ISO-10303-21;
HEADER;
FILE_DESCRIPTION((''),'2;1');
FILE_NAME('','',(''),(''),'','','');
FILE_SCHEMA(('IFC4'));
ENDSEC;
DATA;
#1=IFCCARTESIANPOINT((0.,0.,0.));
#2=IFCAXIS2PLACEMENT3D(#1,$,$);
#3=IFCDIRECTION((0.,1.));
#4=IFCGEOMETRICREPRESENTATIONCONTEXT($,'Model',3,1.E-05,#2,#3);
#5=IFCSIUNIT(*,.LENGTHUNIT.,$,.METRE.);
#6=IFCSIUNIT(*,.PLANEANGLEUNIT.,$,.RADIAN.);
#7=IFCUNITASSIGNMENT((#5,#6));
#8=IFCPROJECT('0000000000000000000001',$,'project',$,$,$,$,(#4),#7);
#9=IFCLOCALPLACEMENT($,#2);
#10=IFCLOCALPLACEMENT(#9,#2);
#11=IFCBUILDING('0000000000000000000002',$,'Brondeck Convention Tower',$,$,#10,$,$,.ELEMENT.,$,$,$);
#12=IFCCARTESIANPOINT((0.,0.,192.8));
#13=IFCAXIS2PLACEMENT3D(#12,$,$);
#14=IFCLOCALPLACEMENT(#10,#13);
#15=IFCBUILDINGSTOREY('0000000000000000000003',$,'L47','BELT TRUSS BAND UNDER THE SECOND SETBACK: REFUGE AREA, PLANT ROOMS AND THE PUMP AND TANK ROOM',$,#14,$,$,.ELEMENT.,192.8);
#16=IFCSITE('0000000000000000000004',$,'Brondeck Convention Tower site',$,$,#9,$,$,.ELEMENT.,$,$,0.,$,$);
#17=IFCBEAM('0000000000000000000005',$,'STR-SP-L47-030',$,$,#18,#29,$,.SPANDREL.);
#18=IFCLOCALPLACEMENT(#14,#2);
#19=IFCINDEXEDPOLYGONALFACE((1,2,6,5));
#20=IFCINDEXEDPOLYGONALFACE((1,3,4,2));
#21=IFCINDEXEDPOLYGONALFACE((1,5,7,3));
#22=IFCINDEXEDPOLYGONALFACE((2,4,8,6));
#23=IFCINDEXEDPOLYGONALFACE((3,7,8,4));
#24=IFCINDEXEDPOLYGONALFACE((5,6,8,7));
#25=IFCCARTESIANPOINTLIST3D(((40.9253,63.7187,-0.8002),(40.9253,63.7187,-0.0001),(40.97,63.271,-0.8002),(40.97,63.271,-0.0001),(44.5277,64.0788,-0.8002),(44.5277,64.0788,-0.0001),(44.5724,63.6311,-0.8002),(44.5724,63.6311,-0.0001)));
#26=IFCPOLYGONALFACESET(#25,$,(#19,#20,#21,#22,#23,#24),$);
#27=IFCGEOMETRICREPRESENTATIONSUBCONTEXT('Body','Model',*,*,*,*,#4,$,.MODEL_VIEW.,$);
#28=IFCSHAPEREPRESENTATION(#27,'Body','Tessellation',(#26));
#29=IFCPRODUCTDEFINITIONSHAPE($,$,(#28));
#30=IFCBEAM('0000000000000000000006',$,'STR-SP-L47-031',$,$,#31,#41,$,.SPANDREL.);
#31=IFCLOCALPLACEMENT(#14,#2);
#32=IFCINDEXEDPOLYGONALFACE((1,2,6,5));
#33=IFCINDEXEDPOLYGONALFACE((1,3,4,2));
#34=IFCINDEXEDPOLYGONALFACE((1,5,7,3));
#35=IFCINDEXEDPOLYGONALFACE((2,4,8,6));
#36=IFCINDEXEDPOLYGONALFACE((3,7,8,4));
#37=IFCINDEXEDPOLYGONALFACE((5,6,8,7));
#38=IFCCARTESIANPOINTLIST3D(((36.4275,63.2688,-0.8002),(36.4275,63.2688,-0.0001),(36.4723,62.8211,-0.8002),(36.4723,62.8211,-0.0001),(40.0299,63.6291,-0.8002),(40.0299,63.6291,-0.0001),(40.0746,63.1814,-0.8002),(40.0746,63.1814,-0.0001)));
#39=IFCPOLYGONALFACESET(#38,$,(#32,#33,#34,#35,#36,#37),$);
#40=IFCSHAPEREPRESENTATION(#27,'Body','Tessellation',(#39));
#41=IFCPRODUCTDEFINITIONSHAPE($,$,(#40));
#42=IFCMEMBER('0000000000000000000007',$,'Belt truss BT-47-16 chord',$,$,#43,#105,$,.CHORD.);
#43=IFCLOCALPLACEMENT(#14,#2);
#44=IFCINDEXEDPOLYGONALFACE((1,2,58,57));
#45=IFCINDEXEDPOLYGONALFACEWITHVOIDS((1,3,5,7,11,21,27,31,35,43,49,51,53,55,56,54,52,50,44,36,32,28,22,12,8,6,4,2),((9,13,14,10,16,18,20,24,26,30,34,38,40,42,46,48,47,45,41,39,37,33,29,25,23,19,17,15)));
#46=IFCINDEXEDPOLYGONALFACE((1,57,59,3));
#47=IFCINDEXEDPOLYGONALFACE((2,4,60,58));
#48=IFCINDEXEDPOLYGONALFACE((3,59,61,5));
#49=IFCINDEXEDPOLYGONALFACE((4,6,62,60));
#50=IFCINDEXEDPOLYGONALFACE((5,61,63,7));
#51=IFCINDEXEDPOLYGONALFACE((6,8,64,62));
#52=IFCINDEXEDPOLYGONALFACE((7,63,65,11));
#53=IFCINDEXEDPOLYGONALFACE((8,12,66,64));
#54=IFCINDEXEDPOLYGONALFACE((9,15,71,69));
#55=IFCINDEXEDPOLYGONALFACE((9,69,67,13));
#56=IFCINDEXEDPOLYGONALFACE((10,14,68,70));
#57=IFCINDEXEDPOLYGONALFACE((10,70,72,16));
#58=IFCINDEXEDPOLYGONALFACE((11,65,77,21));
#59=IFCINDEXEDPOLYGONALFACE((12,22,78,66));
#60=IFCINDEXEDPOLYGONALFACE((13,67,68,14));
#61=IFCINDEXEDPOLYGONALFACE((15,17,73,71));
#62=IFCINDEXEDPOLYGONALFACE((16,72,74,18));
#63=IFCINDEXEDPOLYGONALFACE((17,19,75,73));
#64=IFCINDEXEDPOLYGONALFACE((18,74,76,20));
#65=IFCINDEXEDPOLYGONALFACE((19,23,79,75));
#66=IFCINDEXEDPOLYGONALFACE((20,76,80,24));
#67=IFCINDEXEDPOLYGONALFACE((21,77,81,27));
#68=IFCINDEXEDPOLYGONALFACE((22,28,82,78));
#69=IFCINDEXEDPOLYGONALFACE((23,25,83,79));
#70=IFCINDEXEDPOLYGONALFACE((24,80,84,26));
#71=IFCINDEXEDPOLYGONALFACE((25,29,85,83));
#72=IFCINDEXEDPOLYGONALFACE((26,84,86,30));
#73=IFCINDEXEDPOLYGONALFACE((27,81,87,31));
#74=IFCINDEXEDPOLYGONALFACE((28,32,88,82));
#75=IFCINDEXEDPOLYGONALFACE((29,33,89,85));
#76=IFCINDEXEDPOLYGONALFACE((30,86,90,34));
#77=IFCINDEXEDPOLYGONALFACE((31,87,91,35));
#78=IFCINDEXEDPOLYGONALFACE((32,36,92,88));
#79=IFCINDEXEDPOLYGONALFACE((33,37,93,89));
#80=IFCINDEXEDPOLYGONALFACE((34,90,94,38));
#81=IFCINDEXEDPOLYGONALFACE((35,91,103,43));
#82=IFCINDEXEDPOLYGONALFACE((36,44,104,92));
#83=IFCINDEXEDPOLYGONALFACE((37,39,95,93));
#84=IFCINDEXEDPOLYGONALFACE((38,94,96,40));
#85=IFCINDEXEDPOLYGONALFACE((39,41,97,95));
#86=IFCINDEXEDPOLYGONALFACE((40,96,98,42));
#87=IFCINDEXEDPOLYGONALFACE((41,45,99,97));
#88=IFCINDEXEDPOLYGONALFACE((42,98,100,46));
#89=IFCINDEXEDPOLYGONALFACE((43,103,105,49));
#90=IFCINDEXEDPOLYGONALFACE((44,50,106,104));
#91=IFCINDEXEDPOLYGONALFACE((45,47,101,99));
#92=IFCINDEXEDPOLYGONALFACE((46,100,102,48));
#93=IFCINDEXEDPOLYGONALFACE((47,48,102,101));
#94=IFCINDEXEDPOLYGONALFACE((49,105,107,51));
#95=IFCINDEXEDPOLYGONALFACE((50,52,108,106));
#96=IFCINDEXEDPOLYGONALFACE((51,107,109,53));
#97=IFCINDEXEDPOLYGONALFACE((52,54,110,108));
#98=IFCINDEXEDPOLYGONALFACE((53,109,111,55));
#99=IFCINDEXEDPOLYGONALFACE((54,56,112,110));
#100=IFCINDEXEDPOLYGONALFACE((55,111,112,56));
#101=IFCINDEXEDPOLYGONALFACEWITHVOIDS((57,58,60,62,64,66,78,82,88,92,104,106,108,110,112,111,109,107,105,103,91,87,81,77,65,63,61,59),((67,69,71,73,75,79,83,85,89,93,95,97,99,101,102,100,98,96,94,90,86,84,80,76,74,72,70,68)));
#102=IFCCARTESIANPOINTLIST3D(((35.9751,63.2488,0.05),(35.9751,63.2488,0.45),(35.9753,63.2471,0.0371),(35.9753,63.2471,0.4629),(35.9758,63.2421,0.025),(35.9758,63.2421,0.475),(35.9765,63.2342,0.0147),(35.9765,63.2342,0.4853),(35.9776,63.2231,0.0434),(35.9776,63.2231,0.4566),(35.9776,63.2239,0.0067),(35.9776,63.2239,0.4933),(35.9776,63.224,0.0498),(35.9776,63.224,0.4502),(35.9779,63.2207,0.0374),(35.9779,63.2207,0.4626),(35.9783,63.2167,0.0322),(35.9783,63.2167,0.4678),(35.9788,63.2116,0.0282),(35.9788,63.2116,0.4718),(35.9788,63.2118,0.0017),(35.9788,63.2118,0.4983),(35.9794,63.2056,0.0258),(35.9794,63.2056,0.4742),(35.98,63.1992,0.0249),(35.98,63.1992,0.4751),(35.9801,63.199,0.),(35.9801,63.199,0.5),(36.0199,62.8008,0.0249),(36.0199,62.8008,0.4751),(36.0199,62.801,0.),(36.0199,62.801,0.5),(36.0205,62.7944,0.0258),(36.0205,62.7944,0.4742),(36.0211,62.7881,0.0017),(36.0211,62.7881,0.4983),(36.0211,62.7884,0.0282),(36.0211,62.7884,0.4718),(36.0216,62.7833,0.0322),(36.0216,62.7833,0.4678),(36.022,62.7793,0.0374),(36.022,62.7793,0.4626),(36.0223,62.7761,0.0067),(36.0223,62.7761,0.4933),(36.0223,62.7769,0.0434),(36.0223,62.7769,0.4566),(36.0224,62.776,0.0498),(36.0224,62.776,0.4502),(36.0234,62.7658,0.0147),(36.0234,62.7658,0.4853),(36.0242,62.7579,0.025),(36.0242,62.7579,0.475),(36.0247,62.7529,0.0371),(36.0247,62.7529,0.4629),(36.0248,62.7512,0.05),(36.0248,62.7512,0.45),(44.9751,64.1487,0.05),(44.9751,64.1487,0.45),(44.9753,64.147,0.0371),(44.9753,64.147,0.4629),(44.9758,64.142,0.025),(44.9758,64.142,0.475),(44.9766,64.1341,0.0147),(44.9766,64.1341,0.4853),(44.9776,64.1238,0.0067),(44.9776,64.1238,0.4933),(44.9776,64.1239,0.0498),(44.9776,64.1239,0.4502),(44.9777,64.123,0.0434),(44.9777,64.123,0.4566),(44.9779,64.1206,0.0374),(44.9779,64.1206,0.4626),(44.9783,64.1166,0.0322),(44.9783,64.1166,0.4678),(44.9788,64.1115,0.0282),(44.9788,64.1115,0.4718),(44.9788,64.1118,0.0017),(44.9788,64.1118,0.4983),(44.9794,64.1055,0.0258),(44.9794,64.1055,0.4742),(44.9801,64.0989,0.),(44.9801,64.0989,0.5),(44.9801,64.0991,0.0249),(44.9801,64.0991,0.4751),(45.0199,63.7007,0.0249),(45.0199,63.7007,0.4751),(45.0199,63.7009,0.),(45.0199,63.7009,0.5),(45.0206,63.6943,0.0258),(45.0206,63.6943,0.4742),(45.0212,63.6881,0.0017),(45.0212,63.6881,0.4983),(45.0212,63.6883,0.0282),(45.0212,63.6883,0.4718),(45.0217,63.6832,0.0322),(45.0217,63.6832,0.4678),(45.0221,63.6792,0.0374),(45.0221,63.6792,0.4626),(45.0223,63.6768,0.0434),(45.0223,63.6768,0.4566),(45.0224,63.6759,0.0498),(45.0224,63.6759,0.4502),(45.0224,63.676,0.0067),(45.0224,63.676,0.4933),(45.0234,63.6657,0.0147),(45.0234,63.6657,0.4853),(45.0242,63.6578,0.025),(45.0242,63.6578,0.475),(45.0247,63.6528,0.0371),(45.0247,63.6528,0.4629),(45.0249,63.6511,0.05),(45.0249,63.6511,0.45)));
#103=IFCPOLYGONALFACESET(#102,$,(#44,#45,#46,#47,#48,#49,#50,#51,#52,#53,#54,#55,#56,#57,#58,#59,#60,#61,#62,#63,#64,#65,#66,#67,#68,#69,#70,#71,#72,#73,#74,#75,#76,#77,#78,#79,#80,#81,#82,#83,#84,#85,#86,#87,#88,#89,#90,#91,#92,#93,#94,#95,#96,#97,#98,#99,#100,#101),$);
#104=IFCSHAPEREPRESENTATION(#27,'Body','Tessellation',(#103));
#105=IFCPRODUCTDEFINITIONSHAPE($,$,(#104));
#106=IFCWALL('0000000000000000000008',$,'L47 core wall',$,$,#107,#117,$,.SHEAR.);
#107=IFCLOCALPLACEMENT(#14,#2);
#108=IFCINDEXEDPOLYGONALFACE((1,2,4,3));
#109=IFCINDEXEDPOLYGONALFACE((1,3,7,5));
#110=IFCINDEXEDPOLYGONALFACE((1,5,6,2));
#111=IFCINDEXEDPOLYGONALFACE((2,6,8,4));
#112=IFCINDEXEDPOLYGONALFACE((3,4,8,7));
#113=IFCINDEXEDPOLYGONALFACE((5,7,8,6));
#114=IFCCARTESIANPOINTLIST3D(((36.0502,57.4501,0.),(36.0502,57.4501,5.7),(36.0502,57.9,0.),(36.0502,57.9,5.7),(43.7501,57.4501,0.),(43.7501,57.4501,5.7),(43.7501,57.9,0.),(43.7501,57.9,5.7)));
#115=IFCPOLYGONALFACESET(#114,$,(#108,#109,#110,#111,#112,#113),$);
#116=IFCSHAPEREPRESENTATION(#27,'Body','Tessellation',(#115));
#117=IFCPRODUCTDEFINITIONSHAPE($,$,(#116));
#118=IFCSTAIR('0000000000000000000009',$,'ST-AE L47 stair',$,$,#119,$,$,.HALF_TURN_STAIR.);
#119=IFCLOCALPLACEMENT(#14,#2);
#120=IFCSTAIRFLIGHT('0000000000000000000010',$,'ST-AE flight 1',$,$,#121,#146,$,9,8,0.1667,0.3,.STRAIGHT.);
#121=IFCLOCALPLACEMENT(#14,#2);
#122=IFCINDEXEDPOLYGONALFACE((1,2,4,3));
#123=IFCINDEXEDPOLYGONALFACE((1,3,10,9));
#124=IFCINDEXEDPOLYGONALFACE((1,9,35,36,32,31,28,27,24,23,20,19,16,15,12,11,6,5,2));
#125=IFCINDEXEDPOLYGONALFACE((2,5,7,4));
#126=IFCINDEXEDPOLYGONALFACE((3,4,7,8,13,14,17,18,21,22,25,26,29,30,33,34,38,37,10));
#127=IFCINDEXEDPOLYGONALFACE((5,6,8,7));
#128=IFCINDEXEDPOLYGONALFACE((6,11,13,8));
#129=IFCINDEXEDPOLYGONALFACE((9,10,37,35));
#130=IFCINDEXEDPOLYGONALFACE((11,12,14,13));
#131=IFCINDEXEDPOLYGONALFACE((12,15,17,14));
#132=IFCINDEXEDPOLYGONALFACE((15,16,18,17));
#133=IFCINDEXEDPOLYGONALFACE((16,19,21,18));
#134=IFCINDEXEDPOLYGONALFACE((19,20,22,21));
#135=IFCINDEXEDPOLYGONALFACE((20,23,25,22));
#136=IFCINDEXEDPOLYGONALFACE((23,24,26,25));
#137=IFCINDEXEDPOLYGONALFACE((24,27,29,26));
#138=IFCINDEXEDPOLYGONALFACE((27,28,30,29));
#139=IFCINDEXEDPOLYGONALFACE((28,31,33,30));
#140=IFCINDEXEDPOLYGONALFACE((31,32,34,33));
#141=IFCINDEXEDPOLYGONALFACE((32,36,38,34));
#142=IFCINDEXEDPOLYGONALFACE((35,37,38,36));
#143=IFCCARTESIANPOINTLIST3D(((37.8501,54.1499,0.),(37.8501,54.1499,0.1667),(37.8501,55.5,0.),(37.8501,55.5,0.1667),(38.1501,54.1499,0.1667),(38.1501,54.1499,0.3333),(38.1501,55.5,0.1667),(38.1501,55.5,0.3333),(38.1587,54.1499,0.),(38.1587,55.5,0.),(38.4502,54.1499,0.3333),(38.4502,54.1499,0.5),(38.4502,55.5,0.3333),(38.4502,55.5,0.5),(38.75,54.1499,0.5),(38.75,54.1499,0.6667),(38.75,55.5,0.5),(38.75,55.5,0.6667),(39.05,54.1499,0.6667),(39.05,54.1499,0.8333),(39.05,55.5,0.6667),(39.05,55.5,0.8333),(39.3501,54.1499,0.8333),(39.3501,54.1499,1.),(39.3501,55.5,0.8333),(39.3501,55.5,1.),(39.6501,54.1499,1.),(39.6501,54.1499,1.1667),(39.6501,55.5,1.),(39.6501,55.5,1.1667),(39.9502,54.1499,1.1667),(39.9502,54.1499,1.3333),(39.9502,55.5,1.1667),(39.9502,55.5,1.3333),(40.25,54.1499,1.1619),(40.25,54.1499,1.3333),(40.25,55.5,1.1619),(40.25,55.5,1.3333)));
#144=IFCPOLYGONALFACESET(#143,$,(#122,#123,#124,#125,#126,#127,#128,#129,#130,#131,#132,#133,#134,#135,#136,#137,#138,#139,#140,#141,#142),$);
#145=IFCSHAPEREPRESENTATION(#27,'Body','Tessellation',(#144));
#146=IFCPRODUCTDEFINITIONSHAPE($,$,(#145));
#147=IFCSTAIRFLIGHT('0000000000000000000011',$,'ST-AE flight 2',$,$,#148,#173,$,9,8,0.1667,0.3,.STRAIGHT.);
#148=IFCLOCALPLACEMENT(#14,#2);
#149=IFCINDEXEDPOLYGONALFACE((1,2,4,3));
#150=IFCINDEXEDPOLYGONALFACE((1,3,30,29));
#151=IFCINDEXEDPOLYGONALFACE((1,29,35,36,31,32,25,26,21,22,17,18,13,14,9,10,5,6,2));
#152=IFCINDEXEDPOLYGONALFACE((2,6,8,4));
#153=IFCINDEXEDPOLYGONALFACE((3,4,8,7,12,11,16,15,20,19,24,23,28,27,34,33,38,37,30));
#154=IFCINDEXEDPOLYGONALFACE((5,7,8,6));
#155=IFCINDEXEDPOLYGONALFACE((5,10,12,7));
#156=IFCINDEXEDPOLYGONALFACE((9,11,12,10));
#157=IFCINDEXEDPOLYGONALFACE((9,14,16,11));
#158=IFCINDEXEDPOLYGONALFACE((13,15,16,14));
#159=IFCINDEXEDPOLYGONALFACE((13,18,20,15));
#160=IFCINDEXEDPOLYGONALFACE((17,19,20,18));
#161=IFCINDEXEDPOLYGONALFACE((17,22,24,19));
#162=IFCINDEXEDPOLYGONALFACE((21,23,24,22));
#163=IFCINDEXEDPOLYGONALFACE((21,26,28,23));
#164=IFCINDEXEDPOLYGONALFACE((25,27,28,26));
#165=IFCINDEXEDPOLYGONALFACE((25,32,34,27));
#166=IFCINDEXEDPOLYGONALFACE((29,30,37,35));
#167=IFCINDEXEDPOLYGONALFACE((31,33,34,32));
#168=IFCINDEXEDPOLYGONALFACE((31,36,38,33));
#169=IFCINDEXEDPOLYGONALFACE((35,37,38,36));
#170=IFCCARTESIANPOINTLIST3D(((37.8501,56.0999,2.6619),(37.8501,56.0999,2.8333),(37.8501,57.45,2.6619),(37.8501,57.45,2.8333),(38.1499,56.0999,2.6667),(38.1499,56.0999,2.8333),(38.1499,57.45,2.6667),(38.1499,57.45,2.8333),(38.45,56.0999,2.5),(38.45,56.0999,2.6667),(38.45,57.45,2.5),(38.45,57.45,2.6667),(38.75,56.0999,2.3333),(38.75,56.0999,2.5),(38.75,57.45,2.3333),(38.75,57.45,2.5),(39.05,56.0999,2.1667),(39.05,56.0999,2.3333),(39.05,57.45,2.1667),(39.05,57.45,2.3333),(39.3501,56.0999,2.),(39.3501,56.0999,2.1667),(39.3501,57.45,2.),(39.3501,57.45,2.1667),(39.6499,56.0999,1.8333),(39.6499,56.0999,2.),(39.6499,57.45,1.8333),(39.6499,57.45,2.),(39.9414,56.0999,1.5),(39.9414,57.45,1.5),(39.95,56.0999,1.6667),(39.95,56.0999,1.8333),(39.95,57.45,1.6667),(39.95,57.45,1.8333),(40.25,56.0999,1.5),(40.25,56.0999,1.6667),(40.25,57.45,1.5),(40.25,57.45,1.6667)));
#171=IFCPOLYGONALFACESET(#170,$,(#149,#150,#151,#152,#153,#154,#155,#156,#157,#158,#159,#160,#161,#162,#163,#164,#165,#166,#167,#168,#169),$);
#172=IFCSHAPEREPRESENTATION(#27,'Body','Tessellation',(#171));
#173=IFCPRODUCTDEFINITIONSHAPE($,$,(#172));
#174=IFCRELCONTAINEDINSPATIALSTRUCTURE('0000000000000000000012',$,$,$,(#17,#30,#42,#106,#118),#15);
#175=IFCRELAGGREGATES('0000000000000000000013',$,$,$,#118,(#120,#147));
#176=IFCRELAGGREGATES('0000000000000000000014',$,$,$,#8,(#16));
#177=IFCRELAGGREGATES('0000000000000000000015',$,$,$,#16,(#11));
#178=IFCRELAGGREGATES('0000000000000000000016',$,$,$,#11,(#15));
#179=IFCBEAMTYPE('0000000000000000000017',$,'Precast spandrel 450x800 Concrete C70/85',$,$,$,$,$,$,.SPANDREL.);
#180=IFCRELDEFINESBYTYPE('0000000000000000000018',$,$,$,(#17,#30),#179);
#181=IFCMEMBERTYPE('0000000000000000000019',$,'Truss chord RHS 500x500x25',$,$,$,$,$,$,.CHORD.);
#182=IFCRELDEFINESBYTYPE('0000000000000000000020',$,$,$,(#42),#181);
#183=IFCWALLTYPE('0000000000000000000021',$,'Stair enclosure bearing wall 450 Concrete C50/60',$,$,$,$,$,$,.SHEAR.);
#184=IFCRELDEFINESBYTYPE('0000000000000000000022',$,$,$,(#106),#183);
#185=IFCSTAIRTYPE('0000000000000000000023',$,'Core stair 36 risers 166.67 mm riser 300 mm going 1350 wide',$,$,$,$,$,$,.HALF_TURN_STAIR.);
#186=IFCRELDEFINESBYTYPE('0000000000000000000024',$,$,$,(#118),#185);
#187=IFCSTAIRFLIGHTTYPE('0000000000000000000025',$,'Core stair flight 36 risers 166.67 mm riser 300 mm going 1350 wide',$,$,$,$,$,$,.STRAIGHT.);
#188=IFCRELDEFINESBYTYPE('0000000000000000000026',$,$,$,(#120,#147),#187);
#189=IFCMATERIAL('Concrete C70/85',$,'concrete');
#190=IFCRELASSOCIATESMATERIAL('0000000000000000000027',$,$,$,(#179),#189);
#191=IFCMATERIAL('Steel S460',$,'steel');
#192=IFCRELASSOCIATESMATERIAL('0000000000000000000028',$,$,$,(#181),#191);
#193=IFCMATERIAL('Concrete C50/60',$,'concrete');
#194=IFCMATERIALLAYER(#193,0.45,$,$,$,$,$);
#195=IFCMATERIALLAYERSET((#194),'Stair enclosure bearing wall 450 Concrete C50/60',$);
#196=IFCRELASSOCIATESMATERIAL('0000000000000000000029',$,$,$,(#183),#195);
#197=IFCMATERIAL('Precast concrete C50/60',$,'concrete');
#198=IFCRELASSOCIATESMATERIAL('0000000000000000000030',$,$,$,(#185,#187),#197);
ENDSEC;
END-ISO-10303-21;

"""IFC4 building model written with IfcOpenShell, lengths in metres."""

from ifc_helpers import new_model, si_unit, direction, frame, frame_2d, origin, origin_2d, place, context, subcontext, project, spatial, polyline, rectangle, hollow_rectangle, outline, extrude, material, layer, layer_set, material_profile, profile_set, type_object, element, aggregate, save


model = new_model("IFC4")

# Units and contexts
model_context = context("Model", 3, precision=1e-05, world=origin(), true_north=direction((0.0, 1.0)))
body_context = subcontext(model_context, "Body", "Model", "MODEL_VIEW")
ifc_project = project(units=[si_unit("LENGTHUNIT", "METRE"), si_unit("PLANEANGLEUNIT", "RADIAN")], contexts=[model_context])

# Site, building, storey
site_placement = place(None, origin())
site = spatial("IfcSite", under=ifc_project, at=site_placement, Name="Brondeck Convention Tower site", CompositionType="ELEMENT", RefElevation=0.0)
building_placement = place(site_placement, origin())
building = spatial("IfcBuilding", under=site, at=building_placement, Name="Brondeck Convention Tower", CompositionType="ELEMENT")
storey_placement = place(building_placement, frame((0.0, 0.0, 192.8)))
storey = spatial("IfcBuildingStorey", under=building, at=storey_placement, Name="L47", Description="BELT TRUSS BAND UNDER THE SECOND SETBACK: REFUGE AREA, PLANT ROOMS AND THE PUMP AND TANK ROOM", CompositionType="ELEMENT", Elevation=192.8)

# Shared definitions
ifc_material_1 = material(Name="Concrete C70/85", Category="concrete")

# Shared definitions
ifc_material_2 = material(Name="Steel S460", Category="steel")

# Beams
ifc_material_profile_1 = material_profile(ifc_material_1, rectangle(XDim=0.45, YDim=0.8, at=origin_2d()), Name="Precast spandrel 450x800 Concrete C70/85")
ifc_profile_set_1 = profile_set([ifc_material_profile_1], Name="Concrete C70/85")
beam_type_1 = type_object("IfcBeamType", Name="Precast spandrel 450x800 Concrete C70/85", PredefinedType="SPANDREL", material=ifc_profile_set_1)
for number, where, z_axis, x_axis, name in (
    (1, (44.55, 63.855, -0.4001), (-0.995041, -0.09947, 0.0), (0.09947, -0.995041, 0.0), "STR-SP-L47-030"),
    (2, (40.0522, 63.4053, -0.4001), (-0.995034, -0.099537, 0.0), (0.099537, -0.995034, 0.0), "STR-SP-L47-031"),
):
    element("IfcBeam", number, at=place(storey_placement, frame(where, z_axis=z_axis, x_axis=x_axis)), inside=storey, type_object=beam_type_1, Name=name, PredefinedType="SPANDREL", context=body_context, shape_type="SweptSolid", body=[
        extrude(rectangle(XDim=0.45, YDim=0.8, at=origin_2d()), origin(), (0.0, 0.0, 1.0), 3.6204),
    ])

# Member
ifc_material_profile_2 = material_profile(ifc_material_2, hollow_rectangle(XDim=0.5, YDim=0.5, WallThickness=0.0249, InnerFilletRadius=0.0249, OuterFilletRadius=0.05, at=origin_2d()), Name="RHS 500x500x25")
ifc_profile_set_2 = profile_set([ifc_material_profile_2], Name="Steel S460")
member_type_1 = type_object("IfcMemberType", Name="Truss chord RHS 500x500x25", PredefinedType="CHORD", material=ifc_profile_set_2)
member_placement = place(storey_placement, frame((45.0, 63.8999, 0.25), z_axis=(-0.995038, -0.099493, 0.0), x_axis=(0.099493, -0.995038, 0.0)))
element("IfcMember", 3, at=member_placement, inside=storey, type_object=member_type_1, Name="Belt truss BT-47-16 chord", PredefinedType="CHORD", context=body_context, shape_type="SweptSolid", body=[
    extrude(hollow_rectangle(XDim=0.5, YDim=0.5, WallThickness=0.0249, InnerFilletRadius=0.0249, OuterFilletRadius=0.05, at=origin_2d()), origin(), (0.0, 0.0, 1.0), 9.0449),
])

# Wall
ifc_material_3 = material(Name="Concrete C50/60", Category="concrete")
ifc_layer_1 = layer(ifc_material_3, 0.45)
ifc_layer_set_1 = layer_set([ifc_layer_1], Name="Stair enclosure bearing wall 450 Concrete C50/60")
wall_type = type_object("IfcWallType", Name="Stair enclosure bearing wall 450 Concrete C50/60", PredefinedType="SHEAR", material=ifc_layer_set_1)
wall_placement = place(storey_placement, frame((36.05, 57.675, 0.0), z_axis=(0.0, 0.0, 1.0), x_axis=(1.0, 0.0, 0.0)))
element("IfcWall", 4, at=wall_placement, inside=storey, type_object=wall_type, Name="L47 core wall", PredefinedType="SHEAR", context=body_context, shape_type="SweptSolid", body=[
    extrude(rectangle(XDim=7.7, YDim=0.45, at=frame_2d((3.8501, 0.0))), origin(), (0.0, 0.0, 1.0), 5.7),
])

# Stair, stair flights
ifc_material_4 = material(Name="Precast concrete C50/60", Category="concrete")
stair_type = type_object("IfcStairType", Name="Core stair 36 risers 166.67 mm riser 300 mm going 1350 wide", PredefinedType="HALF_TURN_STAIR", material=ifc_material_4)
stair_placement = place(storey_placement, origin())
stair = element("IfcStair", 5, at=stair_placement, inside=storey, type_object=stair_type, Name="ST-AE L47 stair", PredefinedType="HALF_TURN_STAIR")
stair_flight_type = type_object("IfcStairFlightType", Name="Core stair flight 36 risers 166.67 mm riser 300 mm going 1350 wide", PredefinedType="STRAIGHT", material=ifc_material_4)
stair_flight_1_placement = place(storey_placement, frame((37.8501, 54.825, 0.0), z_axis=(0.0, 0.0, 1.0), x_axis=(1.0, 0.0, 0.0)))
stair_flight_1 = element("IfcStairFlight", 6, at=stair_flight_1_placement, type_object=stair_flight_type, Name="ST-AE flight 1", NumberOfRisers=9, NumberOfTreads=8, PredefinedType="STRAIGHT", RiserHeight=0.1667, TreadLength=0.3, context=body_context, shape_type="SweptSolid", body=[
    extrude(outline(polyline([(0.0, 0.0), (0.0, 0.1667), (0.3, 0.1667), (0.3, 0.3333), (0.6001, 0.3333), (0.6001, 0.5), (0.8999, 0.5), (0.8999, 0.6667), (1.2, 0.6667), (1.2, 0.8333), (1.5, 0.8333), (1.5, 1.0), (1.8, 1.0), (1.8, 1.1667), (2.1001, 1.1667), (2.1001, 1.3333), (2.3999, 1.3333), (2.3999, 1.5), (2.3999, 1.1619), (0.3086, 0.0), (0.0, 0.0)])), frame((0.0, 0.675, 0.0), z_axis=(0.0, -1.0, 0.0), x_axis=(1.0, 0.0, 0.0)), (0.0, 0.0, 1.0), 1.3501),
])
stair_flight_2_placement = place(storey_placement, frame((40.25, 56.7749, 1.5), z_axis=(0.0, 0.0, 1.0), x_axis=(-1.0, 0.0, 0.0)))
stair_flight_2 = element("IfcStairFlight", 7, at=stair_flight_2_placement, type_object=stair_flight_type, Name="ST-AE flight 2", NumberOfRisers=9, NumberOfTreads=8, PredefinedType="STRAIGHT", RiserHeight=0.1667, TreadLength=0.3, context=body_context, shape_type="SweptSolid", body=[
    extrude(outline(polyline([(0.0, 0.0), (0.0, 0.1667), (0.3, 0.1667), (0.3, 0.3333), (0.6001, 0.3333), (0.6001, 0.5), (0.8999, 0.5), (0.8999, 0.6667), (1.2, 0.6667), (1.2, 0.8333), (1.5, 0.8333), (1.5, 1.0), (1.8, 1.0), (1.8, 1.1667), (2.1001, 1.1667), (2.1001, 1.3333), (2.3999, 1.3333), (2.3999, 1.5), (2.3999, 1.1619), (0.3086, 0.0), (0.0, 0.0)])), frame((0.0, 0.675, 0.0), z_axis=(0.0, -1.0, 0.0), x_axis=(1.0, 0.0, 0.0)), (0.0, 0.0, 1.0), 1.3501),
])
aggregate(stair, [stair_flight_1, stair_flight_2])

save(model, "model.ifc")
